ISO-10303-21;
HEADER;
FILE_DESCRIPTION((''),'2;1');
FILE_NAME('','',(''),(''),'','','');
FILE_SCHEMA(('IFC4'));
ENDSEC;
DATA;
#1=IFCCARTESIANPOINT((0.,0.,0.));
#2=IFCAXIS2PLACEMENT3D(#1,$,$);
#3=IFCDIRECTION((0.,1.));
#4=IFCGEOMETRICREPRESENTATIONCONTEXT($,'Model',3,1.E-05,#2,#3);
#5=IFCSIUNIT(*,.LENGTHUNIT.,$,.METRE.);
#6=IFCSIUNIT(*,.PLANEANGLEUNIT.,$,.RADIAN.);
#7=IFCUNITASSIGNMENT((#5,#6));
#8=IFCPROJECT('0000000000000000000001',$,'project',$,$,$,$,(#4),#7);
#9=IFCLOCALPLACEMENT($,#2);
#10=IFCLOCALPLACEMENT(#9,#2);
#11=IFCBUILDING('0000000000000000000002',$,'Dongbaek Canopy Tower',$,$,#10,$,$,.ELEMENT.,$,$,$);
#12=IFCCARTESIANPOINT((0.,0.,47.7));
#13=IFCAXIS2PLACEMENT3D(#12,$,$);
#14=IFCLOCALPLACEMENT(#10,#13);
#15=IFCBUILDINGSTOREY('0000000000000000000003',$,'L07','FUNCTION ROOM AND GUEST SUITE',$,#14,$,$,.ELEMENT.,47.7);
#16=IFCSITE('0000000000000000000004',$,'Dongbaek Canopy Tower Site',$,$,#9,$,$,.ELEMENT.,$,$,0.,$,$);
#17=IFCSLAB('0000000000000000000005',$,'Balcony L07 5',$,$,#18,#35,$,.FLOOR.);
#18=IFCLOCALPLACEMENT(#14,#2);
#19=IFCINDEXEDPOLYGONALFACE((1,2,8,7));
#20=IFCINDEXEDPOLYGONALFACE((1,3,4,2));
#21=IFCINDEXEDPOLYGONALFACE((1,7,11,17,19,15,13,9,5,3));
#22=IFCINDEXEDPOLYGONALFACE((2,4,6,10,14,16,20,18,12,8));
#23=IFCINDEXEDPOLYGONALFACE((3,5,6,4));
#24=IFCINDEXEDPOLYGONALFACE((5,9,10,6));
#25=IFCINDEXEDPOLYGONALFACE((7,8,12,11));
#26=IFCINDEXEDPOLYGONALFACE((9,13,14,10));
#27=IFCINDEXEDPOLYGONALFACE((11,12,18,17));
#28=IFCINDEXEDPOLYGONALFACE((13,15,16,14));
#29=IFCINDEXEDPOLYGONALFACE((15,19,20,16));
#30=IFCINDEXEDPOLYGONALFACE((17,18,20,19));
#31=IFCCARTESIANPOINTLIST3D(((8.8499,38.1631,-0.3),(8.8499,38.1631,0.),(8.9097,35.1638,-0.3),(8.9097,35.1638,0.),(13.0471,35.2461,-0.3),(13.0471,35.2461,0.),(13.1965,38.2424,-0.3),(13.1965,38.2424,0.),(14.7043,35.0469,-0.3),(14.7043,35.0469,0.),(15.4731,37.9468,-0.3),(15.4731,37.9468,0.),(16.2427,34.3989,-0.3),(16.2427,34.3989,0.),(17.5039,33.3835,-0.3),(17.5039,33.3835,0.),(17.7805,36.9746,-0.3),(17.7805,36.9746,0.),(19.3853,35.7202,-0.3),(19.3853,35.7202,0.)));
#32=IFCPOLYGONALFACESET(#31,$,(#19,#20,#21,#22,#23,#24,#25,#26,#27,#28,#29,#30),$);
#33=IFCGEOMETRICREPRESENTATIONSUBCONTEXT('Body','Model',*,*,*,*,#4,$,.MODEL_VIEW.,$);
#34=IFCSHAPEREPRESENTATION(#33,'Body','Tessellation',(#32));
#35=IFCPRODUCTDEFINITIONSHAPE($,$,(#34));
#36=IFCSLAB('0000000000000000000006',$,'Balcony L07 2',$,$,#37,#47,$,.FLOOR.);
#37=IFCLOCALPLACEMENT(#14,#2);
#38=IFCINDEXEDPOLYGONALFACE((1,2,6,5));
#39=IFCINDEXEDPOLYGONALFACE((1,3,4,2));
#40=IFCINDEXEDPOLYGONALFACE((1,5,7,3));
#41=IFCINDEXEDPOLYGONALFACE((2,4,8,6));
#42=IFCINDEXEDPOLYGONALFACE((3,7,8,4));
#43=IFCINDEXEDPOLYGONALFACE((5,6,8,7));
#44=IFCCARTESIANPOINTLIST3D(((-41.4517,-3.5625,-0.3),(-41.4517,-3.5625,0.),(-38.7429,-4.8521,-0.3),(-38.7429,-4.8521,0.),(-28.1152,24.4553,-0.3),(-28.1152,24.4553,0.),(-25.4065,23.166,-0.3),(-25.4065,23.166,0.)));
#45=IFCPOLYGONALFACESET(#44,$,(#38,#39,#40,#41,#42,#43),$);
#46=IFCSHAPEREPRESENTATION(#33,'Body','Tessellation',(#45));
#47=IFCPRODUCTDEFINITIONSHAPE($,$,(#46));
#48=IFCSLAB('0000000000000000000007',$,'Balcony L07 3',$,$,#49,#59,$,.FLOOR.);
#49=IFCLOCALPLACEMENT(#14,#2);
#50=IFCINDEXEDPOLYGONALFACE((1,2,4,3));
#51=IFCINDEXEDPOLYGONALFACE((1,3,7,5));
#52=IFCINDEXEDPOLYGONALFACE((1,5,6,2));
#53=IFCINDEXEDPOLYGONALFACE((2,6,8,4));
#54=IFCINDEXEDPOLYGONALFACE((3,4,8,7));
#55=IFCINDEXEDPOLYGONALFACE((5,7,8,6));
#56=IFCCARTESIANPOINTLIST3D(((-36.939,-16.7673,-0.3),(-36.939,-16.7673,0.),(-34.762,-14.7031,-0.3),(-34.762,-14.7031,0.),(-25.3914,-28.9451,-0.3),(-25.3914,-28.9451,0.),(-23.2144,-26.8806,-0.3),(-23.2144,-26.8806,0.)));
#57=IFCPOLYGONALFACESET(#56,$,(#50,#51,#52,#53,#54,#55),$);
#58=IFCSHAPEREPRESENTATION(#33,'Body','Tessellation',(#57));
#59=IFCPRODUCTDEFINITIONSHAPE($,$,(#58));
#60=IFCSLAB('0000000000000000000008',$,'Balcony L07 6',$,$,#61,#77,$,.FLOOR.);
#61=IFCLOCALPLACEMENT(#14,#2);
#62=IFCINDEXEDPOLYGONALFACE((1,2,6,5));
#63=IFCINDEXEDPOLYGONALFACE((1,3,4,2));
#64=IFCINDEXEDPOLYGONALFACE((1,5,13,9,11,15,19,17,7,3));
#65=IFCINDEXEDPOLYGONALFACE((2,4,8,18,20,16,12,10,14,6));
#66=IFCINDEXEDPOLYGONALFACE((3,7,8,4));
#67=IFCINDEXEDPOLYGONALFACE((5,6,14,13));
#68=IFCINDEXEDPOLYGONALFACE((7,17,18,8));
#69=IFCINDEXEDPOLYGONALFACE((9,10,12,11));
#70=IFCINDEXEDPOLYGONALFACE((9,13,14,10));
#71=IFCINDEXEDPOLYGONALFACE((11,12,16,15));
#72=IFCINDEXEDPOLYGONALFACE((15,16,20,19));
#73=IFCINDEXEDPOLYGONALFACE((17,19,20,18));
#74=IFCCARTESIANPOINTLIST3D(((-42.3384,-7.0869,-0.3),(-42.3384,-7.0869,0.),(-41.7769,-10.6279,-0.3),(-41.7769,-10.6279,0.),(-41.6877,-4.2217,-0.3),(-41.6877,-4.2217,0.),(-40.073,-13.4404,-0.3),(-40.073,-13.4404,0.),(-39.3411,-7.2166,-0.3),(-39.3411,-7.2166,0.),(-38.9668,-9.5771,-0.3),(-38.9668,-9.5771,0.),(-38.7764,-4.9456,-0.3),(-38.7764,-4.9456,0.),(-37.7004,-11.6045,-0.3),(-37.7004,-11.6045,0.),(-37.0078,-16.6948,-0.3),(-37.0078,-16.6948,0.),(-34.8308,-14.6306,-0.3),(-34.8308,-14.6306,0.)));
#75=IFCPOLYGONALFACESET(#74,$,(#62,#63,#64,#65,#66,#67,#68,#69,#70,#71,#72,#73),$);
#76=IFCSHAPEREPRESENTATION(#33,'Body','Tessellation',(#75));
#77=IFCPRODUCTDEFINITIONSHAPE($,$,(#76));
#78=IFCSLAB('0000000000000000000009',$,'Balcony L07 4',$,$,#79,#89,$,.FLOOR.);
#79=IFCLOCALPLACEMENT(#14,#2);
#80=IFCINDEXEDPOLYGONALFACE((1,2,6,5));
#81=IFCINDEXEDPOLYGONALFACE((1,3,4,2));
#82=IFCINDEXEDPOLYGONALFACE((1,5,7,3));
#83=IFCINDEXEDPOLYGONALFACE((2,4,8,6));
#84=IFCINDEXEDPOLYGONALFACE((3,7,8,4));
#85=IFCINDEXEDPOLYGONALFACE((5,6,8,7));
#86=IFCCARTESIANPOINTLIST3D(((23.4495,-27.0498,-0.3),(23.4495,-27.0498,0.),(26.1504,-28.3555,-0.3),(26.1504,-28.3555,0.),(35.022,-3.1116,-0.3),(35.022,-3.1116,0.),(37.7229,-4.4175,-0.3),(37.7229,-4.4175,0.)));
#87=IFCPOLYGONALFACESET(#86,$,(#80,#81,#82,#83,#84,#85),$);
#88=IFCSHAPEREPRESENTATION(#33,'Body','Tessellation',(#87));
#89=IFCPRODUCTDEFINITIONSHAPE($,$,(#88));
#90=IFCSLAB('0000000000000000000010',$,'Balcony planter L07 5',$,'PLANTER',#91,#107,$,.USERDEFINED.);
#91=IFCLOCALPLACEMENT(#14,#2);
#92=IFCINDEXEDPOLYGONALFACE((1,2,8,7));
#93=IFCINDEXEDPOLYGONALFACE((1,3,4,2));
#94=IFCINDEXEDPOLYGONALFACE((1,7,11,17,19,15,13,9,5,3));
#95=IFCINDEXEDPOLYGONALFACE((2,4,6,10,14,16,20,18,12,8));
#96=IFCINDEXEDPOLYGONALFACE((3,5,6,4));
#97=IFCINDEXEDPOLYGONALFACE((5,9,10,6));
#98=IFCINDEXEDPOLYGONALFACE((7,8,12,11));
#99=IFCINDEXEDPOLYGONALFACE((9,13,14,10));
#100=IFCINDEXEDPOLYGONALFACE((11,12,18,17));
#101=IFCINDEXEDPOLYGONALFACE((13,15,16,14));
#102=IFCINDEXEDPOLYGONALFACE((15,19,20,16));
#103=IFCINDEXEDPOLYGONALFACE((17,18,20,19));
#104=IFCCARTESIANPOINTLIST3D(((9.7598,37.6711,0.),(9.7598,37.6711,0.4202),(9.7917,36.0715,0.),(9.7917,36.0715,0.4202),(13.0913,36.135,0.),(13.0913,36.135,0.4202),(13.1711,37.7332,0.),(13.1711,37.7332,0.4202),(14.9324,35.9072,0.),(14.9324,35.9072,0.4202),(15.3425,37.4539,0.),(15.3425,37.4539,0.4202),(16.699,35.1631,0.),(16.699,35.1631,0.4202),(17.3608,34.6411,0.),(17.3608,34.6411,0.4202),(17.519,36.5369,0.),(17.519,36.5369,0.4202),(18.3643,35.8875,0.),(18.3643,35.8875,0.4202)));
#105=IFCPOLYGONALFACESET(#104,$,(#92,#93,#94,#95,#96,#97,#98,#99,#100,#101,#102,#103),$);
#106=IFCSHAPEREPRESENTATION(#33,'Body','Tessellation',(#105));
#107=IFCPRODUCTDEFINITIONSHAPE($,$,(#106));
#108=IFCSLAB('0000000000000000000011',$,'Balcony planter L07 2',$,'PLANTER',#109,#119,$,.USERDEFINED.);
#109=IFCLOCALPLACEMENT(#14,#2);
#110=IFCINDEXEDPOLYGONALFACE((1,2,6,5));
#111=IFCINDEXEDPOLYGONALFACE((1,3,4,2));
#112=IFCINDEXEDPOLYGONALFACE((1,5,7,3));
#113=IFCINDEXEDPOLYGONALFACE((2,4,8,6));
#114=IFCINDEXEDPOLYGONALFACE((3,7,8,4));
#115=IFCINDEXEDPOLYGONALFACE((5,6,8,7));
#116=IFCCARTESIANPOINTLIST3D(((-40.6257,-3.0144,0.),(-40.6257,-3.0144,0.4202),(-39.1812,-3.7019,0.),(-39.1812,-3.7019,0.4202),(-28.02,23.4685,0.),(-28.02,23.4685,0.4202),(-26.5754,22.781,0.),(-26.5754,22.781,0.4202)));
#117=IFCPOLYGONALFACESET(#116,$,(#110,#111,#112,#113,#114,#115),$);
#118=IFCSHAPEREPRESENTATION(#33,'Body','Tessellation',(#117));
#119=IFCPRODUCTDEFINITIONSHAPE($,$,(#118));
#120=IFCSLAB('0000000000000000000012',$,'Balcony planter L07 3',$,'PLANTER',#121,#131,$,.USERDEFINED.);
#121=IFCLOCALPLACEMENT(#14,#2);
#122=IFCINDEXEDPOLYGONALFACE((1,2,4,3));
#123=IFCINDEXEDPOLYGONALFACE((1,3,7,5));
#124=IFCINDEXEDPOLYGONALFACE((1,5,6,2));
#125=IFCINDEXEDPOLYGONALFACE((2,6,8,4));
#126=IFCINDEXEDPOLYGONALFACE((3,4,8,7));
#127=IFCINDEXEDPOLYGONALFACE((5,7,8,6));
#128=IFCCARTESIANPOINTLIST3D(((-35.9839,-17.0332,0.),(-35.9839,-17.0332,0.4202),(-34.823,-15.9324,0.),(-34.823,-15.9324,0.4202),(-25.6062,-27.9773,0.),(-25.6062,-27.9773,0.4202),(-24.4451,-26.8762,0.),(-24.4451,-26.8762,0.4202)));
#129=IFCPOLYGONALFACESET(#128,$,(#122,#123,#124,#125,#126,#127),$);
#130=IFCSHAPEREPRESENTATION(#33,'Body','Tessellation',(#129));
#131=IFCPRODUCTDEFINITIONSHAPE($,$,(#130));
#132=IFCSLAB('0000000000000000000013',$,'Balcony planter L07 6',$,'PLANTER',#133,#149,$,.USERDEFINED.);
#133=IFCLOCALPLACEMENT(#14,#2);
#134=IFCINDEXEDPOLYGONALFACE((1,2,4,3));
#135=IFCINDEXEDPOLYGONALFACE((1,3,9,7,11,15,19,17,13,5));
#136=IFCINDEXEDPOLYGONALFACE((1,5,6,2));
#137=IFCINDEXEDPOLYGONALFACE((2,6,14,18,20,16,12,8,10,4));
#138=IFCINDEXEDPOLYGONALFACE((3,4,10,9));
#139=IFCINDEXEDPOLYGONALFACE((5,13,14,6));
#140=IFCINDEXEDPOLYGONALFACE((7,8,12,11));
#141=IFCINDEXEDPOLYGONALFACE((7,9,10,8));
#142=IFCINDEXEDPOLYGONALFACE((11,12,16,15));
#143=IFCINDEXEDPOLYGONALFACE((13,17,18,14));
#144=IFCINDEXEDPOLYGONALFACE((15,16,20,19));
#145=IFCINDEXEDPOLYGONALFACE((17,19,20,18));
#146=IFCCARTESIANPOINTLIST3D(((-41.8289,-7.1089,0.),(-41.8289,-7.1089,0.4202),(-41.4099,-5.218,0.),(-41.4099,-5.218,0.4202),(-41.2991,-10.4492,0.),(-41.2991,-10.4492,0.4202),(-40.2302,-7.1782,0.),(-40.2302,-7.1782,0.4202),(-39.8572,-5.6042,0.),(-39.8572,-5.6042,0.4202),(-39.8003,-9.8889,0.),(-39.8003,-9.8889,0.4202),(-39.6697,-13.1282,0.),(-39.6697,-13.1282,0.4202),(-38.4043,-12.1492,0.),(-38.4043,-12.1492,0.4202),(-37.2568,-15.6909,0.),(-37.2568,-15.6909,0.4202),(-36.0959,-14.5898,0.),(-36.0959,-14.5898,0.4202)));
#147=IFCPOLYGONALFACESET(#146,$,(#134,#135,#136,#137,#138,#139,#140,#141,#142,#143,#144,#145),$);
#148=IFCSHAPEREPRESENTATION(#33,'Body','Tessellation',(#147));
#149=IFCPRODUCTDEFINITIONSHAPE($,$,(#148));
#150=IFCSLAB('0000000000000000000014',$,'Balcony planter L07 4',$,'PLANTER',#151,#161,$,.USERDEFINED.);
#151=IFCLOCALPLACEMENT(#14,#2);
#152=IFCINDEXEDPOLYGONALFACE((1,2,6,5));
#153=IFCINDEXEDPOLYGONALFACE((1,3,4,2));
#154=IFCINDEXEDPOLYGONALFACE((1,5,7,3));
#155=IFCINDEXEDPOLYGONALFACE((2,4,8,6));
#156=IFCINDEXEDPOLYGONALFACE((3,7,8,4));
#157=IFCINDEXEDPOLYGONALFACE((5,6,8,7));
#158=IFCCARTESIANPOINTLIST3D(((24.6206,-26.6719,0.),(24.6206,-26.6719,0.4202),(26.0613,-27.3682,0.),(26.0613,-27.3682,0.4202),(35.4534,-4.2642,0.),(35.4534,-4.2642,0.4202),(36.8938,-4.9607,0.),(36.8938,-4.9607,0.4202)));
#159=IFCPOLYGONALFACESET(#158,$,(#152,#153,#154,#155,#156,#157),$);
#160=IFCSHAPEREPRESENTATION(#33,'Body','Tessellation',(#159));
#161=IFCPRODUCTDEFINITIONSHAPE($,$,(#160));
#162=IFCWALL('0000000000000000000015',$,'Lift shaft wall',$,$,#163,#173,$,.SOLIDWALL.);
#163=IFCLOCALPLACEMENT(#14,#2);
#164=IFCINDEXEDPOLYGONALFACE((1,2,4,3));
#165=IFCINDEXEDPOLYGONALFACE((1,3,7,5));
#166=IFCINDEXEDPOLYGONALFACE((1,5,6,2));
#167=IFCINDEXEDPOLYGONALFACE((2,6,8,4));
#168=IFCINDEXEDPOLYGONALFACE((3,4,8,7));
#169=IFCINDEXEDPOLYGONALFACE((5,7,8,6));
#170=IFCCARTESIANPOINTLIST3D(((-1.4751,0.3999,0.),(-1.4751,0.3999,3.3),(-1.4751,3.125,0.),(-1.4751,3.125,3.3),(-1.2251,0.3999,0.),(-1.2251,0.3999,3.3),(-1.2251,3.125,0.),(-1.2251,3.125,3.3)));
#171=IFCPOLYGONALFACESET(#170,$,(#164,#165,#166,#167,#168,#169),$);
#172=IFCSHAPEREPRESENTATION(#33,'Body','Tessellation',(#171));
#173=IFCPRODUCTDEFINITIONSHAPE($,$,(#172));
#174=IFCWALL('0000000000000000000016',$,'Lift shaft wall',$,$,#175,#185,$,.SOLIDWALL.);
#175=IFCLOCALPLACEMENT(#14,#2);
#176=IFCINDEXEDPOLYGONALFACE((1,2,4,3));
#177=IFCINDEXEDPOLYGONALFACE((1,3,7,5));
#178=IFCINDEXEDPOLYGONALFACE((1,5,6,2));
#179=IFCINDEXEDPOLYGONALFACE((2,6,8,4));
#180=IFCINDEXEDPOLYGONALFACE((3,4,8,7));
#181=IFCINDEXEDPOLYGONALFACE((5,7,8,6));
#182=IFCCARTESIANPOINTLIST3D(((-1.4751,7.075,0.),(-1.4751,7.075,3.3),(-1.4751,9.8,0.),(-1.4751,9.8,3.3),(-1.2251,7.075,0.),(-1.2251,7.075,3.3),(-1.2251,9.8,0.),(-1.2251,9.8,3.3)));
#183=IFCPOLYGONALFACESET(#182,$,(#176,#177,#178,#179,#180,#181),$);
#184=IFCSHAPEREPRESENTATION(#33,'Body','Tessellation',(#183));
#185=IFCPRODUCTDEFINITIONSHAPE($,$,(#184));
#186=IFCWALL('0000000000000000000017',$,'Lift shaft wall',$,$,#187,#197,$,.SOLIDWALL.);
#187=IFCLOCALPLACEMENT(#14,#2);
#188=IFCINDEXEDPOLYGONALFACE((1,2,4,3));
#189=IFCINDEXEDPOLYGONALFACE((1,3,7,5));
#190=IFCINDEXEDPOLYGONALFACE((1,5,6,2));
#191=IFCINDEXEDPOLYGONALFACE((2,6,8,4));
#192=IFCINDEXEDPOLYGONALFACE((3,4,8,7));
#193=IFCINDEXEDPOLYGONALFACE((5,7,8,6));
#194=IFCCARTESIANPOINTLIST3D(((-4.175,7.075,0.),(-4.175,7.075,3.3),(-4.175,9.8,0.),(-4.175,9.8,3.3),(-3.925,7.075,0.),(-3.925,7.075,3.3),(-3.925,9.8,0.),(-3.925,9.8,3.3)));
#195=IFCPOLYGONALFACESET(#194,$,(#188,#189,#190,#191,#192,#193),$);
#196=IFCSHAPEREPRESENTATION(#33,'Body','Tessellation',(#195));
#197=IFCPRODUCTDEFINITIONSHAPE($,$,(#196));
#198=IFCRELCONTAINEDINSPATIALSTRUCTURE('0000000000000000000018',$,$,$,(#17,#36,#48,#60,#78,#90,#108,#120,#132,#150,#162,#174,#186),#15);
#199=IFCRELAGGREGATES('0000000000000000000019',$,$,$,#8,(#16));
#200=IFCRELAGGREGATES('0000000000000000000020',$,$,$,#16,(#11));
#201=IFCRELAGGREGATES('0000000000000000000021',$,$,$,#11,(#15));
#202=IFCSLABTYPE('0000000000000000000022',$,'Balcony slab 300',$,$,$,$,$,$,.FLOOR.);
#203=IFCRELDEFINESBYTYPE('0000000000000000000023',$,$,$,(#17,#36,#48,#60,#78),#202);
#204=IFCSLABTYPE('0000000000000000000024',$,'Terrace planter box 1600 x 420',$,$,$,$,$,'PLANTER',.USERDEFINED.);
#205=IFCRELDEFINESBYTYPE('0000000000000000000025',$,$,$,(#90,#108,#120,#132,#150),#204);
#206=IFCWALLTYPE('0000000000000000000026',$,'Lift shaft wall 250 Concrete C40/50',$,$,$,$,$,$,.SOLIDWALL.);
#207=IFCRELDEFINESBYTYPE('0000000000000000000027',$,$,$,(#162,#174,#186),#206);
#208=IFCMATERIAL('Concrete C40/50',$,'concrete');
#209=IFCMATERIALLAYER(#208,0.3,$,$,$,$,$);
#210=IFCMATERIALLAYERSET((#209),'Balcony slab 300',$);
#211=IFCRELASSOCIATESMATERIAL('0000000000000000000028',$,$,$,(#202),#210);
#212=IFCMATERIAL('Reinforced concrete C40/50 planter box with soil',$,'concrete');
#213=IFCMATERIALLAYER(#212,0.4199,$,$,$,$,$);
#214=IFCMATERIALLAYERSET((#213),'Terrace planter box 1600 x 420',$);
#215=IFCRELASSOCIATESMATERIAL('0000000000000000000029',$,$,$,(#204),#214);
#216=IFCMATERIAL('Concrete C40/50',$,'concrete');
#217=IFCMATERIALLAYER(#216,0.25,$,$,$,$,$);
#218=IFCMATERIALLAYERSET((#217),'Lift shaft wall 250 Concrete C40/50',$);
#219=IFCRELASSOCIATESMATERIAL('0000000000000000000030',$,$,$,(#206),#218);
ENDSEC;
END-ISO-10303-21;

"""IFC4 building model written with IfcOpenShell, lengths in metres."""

from ifc_helpers import new_model, si_unit, direction, frame, frame_2d, origin, place, context, subcontext, project, spatial, polyline, rectangle, outline, extrude, material, layer, layer_set, type_object, element, save


model = new_model("IFC4")

# Units and contexts
model_context = context("Model", 3, precision=1e-05, world=origin(), true_north=direction((0.0, 1.0)))
body_context = subcontext(model_context, "Body", "Model", "MODEL_VIEW")
ifc_project = project(units=[si_unit("LENGTHUNIT", "METRE"), si_unit("PLANEANGLEUNIT", "RADIAN")], contexts=[model_context])

# Site, building, storey
site_placement = place(None, origin())
site = spatial("IfcSite", under=ifc_project, at=site_placement, Name="Dongbaek Canopy Tower Site", CompositionType="ELEMENT", RefElevation=0.0)
building_placement = place(site_placement, origin())
building = spatial("IfcBuilding", under=site, at=building_placement, Name="Dongbaek Canopy Tower", CompositionType="ELEMENT")
storey_placement = place(building_placement, frame((0.0, 0.0, 47.7)))
storey = spatial("IfcBuildingStorey", under=building, at=storey_placement, Name="L07", Description="FUNCTION ROOM AND GUEST SUITE", CompositionType="ELEMENT", Elevation=47.7)

# Slabs
ifc_material_1 = material(Name="Concrete C40/50", Category="concrete")
ifc_layer_1 = layer(ifc_material_1, 0.3)
ifc_layer_set_1 = layer_set([ifc_layer_1], Name="Balcony slab 300")
slab_type_1 = type_object("IfcSlabType", Name="Balcony slab 300", PredefinedType="FLOOR", material=ifc_layer_set_1)
slab_1_placement = place(storey_placement, frame((0.0, 0.0, -0.3)))
element("IfcSlab", 1, at=slab_1_placement, inside=storey, type_object=slab_type_1, Name="Balcony L07 5", PredefinedType="FLOOR", context=body_context, shape_type="SweptSolid", body=[
    extrude(outline(polyline([(17.5039, 33.3835), (16.2427, 34.3989), (14.7043, 35.0469), (13.0471, 35.2461), (8.9097, 35.1638), (8.8499, 38.1631), (13.1965, 38.2424), (15.4731, 37.9468), (17.7805, 36.9746), (19.3853, 35.7202), (17.5039, 33.3835)])), origin(), (0.0, 0.0, 1.0), 0.3),
])
slab_2_placement = place(storey_placement, frame((0.0, 0.0, -0.3)))
element("IfcSlab", 2, at=slab_2_placement, inside=storey, type_object=slab_type_1, Name="Balcony L07 2", PredefinedType="FLOOR", context=body_context, shape_type="SweptSolid", body=[
    extrude(outline(polyline([(-25.4065, 23.166), (-38.7429, -4.8521), (-41.4517, -3.5625), (-28.1152, 24.4553), (-25.4065, 23.166)])), origin(), (0.0, 0.0, 1.0), 0.3),
])
slab_3_placement = place(storey_placement, frame((0.0, 0.0, -0.3)))
element("IfcSlab", 3, at=slab_3_placement, inside=storey, type_object=slab_type_1, Name="Balcony L07 3", PredefinedType="FLOOR", context=body_context, shape_type="SweptSolid", body=[
    extrude(outline(polyline([(-34.762, -14.7031), (-23.2144, -26.8806), (-25.3914, -28.9451), (-36.939, -16.7673), (-34.762, -14.7031)])), origin(), (0.0, 0.0, 1.0), 0.3),
])
slab_4_placement = place(storey_placement, frame((0.0, 0.0, -0.3)))
element("IfcSlab", 4, at=slab_4_placement, inside=storey, type_object=slab_type_1, Name="Balcony L07 6", PredefinedType="FLOOR", context=body_context, shape_type="SweptSolid", body=[
    extrude(outline(polyline([(-38.7764, -4.9456), (-39.3411, -7.2166), (-38.9668, -9.5771), (-37.7004, -11.6045), (-34.8308, -14.6306), (-37.0078, -16.6948), (-40.073, -13.4404), (-41.7769, -10.6279), (-42.3384, -7.0869), (-41.6877, -4.2217), (-38.7764, -4.9456)])), origin(), (0.0, 0.0, 1.0), 0.3),
])
slab_5_placement = place(storey_placement, frame((0.0, 0.0, -0.3)))
element("IfcSlab", 5, at=slab_5_placement, inside=storey, type_object=slab_type_1, Name="Balcony L07 4", PredefinedType="FLOOR", context=body_context, shape_type="SweptSolid", body=[
    extrude(outline(polyline([(23.4495, -27.0498), (35.022, -3.1116), (37.7229, -4.4175), (26.1504, -28.3555), (23.4495, -27.0498)])), origin(), (0.0, 0.0, 1.0), 0.3),
])
ifc_material_2 = material(Name="Reinforced concrete C40/50 planter box with soil", Category="concrete")
ifc_layer_2 = layer(ifc_material_2, 0.4199)
ifc_layer_set_2 = layer_set([ifc_layer_2], Name="Terrace planter box 1600 x 420")
slab_type_2 = type_object("IfcSlabType", Name="Terrace planter box 1600 x 420", ElementType="PLANTER", PredefinedType="USERDEFINED", material=ifc_layer_set_2)
slab_6_placement = place(storey_placement, origin())
element("IfcSlab", 6, at=slab_6_placement, inside=storey, type_object=slab_type_2, Name="Balcony planter L07 5", ObjectType="PLANTER", PredefinedType="USERDEFINED", context=body_context, shape_type="SweptSolid", body=[
    extrude(outline(polyline([(17.3608, 34.6411), (16.699, 35.1631), (14.9324, 35.9072), (13.0913, 36.135), (9.7917, 36.0715), (9.7598, 37.6711), (13.1711, 37.7332), (15.3425, 37.4539), (17.519, 36.5369), (18.3643, 35.8875), (17.3608, 34.6411)])), origin(), (0.0, 0.0, 1.0), 0.4202),
])
slab_7_placement = place(storey_placement, origin())
element("IfcSlab", 7, at=slab_7_placement, inside=storey, type_object=slab_type_2, Name="Balcony planter L07 2", ObjectType="PLANTER", PredefinedType="USERDEFINED", context=body_context, shape_type="SweptSolid", body=[
    extrude(outline(polyline([(-26.5754, 22.781), (-39.1812, -3.7019), (-40.6257, -3.0144), (-28.02, 23.4685), (-26.5754, 22.781)])), origin(), (0.0, 0.0, 1.0), 0.4202),
])
slab_8_placement = place(storey_placement, origin())
element("IfcSlab", 8, at=slab_8_placement, inside=storey, type_object=slab_type_2, Name="Balcony planter L07 3", ObjectType="PLANTER", PredefinedType="USERDEFINED", context=body_context, shape_type="SweptSolid", body=[
    extrude(outline(polyline([(-34.823, -15.9324), (-24.4451, -26.8762), (-25.6062, -27.9773), (-35.9839, -17.0332), (-34.823, -15.9324)])), origin(), (0.0, 0.0, 1.0), 0.4202),
])
slab_9_placement = place(storey_placement, origin())
element("IfcSlab", 9, at=slab_9_placement, inside=storey, type_object=slab_type_2, Name="Balcony planter L07 6", ObjectType="PLANTER", PredefinedType="USERDEFINED", context=body_context, shape_type="SweptSolid", body=[
    extrude(outline(polyline([(-39.8572, -5.6042), (-40.2302, -7.1782), (-39.8003, -9.8889), (-38.4043, -12.1492), (-36.0959, -14.5898), (-37.2568, -15.6909), (-39.6697, -13.1282), (-41.2991, -10.4492), (-41.8289, -7.1089), (-41.4099, -5.218), (-39.8572, -5.6042)])), origin(), (0.0, 0.0, 1.0), 0.4202),
])
slab_10_placement = place(storey_placement, origin())
element("IfcSlab", 10, at=slab_10_placement, inside=storey, type_object=slab_type_2, Name="Balcony planter L07 4", ObjectType="PLANTER", PredefinedType="USERDEFINED", context=body_context, shape_type="SweptSolid", body=[
    extrude(outline(polyline([(24.6206, -26.6719), (35.4534, -4.2642), (36.8938, -4.9607), (26.0613, -27.3682), (24.6206, -26.6719)])), origin(), (0.0, 0.0, 1.0), 0.4202),
])

# Walls
ifc_material_3 = material(Name="Concrete C40/50", Category="concrete")
ifc_layer_3 = layer(ifc_material_3, 0.25)
ifc_layer_set_3 = layer_set([ifc_layer_3], Name="Lift shaft wall 250 Concrete C40/50")
wall_type = type_object("IfcWallType", Name="Lift shaft wall 250 Concrete C40/50", PredefinedType="SOLIDWALL", material=ifc_layer_set_3)
for number, where, z_axis, x_axis, name in (
    (11, (-1.3501, 0.3999, 0.0), (0.0, 0.0, 1.0), (0.0, 1.0, 0.0), "Lift shaft wall"),
    (12, (-1.3501, 7.075, 0.0), (0.0, 0.0, 1.0), (0.0, 1.0, 0.0), "Lift shaft wall"),
    (13, (-4.05, 7.075, 0.0), (0.0, 0.0, 1.0), (0.0, 1.0, 0.0), "Lift shaft wall"),
):
    element("IfcWall", number, at=place(storey_placement, frame(where, z_axis=z_axis, x_axis=x_axis)), inside=storey, type_object=wall_type, Name=name, PredefinedType="SOLIDWALL", context=body_context, shape_type="SweptSolid", body=[
        extrude(rectangle(XDim=2.7251, YDim=0.25, at=frame_2d((1.3625, 0.0))), origin(), (0.0, 0.0, 1.0), 3.3),
    ])

save(model, "model.ifc")
